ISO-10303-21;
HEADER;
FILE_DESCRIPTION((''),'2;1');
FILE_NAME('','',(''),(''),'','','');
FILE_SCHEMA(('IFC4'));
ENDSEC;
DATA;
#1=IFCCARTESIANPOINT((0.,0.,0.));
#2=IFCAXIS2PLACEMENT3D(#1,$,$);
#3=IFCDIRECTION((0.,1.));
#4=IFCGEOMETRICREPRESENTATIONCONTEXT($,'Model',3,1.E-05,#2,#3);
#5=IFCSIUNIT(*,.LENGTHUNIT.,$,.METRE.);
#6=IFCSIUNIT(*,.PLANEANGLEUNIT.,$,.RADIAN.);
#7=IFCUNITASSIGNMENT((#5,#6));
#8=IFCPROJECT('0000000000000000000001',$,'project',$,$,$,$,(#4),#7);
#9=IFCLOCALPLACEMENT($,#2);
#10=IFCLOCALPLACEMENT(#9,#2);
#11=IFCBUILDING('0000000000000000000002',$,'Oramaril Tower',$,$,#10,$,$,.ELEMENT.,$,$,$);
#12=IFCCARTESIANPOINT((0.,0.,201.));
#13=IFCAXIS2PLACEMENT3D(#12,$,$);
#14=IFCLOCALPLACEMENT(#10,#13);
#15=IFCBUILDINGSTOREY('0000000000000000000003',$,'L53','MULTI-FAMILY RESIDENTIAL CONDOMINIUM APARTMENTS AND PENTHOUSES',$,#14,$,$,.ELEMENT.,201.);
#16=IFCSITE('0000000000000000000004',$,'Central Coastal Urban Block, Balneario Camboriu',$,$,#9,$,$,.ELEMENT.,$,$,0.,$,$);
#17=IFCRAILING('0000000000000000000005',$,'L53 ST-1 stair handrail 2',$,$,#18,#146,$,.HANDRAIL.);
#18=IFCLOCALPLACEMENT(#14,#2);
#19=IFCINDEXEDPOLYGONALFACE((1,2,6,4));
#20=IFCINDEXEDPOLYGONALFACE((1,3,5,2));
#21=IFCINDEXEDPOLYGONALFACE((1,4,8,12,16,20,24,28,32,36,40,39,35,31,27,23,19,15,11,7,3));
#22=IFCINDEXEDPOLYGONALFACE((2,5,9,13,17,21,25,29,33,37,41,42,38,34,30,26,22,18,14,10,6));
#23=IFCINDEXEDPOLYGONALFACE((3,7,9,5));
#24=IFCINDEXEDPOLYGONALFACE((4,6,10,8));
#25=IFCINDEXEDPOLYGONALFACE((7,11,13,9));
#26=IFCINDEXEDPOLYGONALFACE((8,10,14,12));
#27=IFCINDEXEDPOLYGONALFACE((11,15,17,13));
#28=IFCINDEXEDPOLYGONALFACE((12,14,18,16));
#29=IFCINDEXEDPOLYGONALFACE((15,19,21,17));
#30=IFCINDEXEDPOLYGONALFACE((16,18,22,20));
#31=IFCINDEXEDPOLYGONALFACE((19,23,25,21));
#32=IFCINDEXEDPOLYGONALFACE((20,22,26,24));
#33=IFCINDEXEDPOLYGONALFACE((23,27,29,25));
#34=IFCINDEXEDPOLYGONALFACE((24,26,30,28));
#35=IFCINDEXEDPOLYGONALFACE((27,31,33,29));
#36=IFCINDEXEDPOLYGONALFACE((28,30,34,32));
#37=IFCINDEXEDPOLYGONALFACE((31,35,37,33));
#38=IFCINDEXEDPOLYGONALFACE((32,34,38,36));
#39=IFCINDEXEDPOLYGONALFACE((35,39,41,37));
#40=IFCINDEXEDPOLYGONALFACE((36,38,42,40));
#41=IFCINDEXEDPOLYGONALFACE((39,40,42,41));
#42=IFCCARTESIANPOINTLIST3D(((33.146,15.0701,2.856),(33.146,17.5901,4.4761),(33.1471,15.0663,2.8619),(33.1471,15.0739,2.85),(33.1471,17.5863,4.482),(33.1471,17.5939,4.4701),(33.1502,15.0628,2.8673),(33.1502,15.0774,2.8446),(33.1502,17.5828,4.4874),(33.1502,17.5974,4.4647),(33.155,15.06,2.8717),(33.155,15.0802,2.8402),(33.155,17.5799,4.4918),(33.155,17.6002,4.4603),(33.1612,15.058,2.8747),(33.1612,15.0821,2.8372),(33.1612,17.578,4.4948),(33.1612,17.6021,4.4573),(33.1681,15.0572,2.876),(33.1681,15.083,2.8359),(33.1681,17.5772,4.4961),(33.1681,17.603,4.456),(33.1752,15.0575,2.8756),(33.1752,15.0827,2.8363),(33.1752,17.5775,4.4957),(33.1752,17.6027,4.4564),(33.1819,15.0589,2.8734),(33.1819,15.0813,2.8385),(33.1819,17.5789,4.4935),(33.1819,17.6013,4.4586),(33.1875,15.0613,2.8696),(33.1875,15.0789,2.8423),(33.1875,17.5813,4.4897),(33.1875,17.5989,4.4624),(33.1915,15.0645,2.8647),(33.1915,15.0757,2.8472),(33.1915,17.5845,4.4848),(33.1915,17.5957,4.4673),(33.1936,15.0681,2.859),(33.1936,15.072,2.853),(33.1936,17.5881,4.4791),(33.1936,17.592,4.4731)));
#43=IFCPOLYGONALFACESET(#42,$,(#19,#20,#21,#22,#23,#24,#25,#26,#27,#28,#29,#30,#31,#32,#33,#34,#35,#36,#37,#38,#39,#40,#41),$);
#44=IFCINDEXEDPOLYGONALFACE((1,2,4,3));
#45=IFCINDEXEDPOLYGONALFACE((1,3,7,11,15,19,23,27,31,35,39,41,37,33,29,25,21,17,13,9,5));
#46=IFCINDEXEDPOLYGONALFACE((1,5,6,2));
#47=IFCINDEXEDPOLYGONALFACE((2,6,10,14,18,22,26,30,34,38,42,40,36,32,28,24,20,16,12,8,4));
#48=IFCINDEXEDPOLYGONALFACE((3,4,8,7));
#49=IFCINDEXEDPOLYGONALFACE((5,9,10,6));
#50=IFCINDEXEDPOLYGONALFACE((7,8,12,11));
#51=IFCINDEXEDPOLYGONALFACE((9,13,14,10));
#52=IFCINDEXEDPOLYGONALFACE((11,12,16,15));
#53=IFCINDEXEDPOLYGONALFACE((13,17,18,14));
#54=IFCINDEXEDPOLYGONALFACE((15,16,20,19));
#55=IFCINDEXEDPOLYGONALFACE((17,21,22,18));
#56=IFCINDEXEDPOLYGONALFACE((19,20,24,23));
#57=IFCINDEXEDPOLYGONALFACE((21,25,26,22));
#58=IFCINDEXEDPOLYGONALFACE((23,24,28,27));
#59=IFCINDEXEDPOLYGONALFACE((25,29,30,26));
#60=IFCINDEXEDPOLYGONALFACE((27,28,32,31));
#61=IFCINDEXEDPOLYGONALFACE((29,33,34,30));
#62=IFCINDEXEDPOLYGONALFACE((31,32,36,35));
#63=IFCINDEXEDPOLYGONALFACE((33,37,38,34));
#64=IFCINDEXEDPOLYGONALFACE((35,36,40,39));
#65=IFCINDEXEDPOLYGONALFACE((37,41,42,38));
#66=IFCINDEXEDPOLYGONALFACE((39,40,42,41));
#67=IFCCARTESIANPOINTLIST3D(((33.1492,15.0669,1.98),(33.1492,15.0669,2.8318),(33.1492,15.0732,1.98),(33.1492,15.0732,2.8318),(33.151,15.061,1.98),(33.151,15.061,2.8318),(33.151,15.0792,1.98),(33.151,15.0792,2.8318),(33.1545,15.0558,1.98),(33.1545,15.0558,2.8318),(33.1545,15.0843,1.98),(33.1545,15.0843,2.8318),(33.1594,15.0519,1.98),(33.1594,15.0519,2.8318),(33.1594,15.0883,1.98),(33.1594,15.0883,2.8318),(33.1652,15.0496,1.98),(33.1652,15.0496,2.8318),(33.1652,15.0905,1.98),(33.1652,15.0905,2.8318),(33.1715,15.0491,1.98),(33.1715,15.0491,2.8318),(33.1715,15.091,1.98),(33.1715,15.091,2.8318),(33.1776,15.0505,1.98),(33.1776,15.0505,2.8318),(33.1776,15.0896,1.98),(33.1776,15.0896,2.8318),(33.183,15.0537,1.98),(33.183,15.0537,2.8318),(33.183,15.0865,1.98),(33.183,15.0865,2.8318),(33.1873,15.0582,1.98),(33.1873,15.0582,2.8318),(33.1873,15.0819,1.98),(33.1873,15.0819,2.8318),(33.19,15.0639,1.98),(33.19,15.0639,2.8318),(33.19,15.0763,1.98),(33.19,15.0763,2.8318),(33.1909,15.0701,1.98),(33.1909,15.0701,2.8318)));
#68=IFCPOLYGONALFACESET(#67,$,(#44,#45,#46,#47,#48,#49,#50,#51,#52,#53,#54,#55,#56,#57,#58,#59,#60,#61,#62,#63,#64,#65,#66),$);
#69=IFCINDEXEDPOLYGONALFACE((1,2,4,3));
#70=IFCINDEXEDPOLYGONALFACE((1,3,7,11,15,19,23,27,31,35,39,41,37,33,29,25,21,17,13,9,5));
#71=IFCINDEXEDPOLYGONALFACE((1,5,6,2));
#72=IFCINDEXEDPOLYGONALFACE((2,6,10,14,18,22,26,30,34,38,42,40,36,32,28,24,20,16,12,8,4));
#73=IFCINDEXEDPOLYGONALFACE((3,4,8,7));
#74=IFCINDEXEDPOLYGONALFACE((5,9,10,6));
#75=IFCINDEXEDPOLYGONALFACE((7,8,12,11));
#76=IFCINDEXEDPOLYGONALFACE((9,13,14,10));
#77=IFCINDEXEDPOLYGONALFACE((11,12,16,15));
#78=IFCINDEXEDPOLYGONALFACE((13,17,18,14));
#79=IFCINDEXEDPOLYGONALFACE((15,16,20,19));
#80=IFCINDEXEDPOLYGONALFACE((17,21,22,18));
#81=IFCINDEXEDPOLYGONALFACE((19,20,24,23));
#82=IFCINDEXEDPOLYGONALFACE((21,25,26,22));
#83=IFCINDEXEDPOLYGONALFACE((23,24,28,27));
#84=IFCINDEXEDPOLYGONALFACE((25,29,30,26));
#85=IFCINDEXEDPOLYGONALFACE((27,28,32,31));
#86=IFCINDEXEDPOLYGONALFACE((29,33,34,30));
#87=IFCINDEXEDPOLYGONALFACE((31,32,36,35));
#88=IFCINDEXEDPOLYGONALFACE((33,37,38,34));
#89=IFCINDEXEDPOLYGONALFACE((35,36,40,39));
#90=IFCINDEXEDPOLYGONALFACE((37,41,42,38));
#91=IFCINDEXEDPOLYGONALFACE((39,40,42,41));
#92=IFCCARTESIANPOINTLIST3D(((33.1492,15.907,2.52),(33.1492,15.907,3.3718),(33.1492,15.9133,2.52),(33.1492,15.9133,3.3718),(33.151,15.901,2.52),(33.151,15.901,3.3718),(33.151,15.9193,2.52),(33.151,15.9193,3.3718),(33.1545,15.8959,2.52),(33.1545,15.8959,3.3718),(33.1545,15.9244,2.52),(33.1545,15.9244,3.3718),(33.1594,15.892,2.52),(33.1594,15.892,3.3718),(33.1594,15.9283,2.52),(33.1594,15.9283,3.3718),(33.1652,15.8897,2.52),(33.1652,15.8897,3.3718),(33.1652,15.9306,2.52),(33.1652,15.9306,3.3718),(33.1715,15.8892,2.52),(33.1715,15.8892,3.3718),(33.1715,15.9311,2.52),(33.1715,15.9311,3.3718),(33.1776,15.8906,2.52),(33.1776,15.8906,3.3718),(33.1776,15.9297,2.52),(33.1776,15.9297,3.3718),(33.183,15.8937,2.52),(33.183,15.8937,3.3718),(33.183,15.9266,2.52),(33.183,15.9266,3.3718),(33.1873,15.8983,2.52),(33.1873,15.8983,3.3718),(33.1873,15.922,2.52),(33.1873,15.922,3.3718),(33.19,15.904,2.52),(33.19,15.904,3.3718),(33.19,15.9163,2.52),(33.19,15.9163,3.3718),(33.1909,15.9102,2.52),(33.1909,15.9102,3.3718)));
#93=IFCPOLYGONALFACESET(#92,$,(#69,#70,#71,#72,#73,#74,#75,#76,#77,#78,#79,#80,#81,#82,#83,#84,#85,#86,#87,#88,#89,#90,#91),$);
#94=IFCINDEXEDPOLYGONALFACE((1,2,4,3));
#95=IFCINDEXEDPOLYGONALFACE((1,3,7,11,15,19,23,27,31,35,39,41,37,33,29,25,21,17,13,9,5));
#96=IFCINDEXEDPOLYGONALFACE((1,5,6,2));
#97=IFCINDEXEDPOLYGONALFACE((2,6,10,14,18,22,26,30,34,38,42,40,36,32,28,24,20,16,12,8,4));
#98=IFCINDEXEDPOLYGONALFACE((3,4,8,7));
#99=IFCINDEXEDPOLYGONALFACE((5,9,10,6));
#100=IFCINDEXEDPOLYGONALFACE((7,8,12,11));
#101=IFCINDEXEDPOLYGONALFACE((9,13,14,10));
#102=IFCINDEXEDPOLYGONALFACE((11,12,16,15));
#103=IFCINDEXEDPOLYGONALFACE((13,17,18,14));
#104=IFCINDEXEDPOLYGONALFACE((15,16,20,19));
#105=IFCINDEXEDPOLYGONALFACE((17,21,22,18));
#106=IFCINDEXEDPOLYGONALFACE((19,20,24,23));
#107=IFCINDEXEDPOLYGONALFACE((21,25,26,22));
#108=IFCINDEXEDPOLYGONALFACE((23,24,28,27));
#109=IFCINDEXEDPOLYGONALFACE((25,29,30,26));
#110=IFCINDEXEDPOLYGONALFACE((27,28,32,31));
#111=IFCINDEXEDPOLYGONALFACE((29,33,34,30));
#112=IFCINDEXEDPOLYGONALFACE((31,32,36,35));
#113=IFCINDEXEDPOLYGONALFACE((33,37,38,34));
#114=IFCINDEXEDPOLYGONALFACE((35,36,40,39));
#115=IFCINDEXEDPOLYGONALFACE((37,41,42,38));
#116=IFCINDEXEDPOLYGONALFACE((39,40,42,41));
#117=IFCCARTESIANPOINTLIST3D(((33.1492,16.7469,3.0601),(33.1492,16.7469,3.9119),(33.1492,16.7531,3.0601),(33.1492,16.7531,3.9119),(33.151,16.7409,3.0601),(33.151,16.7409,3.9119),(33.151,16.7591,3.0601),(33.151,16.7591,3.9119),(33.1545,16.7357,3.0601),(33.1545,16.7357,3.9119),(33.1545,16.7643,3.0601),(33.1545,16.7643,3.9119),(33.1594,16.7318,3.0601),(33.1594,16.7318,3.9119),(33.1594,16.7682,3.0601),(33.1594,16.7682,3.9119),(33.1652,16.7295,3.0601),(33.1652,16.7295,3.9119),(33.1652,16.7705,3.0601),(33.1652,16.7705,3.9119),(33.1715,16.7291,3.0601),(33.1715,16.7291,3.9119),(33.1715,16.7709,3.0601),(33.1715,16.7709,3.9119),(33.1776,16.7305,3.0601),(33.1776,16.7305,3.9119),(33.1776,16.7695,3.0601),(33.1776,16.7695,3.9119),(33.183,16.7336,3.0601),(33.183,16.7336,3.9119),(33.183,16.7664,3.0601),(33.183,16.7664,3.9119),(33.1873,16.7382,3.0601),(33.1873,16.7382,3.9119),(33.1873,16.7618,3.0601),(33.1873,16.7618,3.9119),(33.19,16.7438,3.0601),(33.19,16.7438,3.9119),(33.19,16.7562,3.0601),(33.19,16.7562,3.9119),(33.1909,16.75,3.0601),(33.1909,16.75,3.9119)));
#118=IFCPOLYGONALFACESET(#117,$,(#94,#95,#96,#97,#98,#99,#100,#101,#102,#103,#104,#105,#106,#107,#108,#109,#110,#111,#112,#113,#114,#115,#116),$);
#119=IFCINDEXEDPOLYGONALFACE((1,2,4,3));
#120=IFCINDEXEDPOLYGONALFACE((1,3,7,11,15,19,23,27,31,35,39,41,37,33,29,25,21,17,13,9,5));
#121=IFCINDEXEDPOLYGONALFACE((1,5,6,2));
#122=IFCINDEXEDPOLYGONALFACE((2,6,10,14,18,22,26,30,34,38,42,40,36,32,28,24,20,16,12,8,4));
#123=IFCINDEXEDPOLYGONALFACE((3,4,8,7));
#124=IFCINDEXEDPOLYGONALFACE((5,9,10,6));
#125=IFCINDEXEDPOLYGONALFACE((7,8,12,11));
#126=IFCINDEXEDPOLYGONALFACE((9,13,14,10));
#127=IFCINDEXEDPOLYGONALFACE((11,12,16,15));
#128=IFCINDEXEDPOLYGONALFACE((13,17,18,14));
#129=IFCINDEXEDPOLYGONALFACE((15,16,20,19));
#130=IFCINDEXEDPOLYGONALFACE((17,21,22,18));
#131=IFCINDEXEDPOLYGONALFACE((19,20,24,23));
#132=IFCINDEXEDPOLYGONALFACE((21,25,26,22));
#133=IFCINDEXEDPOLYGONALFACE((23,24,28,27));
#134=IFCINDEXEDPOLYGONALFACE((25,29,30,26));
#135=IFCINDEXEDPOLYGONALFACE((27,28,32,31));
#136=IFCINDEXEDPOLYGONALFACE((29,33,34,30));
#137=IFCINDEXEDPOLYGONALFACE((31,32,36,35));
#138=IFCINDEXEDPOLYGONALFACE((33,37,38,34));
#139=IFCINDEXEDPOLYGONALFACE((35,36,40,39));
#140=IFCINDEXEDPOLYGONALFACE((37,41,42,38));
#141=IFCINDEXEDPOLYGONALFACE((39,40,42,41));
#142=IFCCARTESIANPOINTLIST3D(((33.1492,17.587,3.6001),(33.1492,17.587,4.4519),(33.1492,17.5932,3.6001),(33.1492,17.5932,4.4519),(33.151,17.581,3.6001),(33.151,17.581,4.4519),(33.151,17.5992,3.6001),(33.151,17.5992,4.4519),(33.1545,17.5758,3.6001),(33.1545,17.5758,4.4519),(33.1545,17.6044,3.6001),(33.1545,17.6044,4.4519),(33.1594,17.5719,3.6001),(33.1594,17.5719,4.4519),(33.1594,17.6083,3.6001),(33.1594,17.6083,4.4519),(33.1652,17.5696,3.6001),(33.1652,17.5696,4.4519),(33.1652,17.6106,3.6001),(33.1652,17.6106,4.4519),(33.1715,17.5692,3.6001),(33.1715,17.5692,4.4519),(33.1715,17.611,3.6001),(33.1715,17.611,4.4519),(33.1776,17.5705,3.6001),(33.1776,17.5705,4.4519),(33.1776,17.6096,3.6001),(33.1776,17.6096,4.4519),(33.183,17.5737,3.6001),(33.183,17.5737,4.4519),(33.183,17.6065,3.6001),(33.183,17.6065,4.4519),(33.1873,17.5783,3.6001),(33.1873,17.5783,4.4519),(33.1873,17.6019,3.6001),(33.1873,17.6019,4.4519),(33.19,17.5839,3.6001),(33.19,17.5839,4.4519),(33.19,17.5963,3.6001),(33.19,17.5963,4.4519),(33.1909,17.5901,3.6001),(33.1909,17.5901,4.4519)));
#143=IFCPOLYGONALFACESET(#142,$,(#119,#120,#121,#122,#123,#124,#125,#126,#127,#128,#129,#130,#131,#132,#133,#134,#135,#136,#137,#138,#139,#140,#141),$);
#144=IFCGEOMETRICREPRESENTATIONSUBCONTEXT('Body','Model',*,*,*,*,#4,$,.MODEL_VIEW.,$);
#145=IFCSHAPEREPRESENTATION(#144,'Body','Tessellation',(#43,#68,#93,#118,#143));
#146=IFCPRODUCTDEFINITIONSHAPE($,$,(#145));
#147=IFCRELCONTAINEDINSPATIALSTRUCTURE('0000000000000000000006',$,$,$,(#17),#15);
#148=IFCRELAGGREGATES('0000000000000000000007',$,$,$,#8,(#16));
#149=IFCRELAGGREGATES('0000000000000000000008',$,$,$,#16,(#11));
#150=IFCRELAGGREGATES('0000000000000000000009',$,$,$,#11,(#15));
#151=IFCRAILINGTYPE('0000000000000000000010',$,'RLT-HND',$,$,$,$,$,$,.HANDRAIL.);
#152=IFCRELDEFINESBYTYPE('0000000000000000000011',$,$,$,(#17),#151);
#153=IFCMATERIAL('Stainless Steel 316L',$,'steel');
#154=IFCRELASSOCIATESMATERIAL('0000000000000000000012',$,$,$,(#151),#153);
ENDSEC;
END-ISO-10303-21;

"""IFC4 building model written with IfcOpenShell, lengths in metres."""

from ifc_helpers import new_model, si_unit, direction, frame, origin, origin_2d, place, context, subcontext, project, spatial, circle, extrude, material, type_object, element, save


model = new_model("IFC4")

# Units and contexts
model_context = context("Model", 3, precision=1e-05, world=origin(), true_north=direction((0.0, 1.0)))
body_context = subcontext(model_context, "Body", "Model", "MODEL_VIEW")
ifc_project = project(units=[si_unit("LENGTHUNIT", "METRE"), si_unit("PLANEANGLEUNIT", "RADIAN")], contexts=[model_context])

# Site, building, storey
site_placement = place(None, origin())
site = spatial("IfcSite", under=ifc_project, at=site_placement, Name="Central Coastal Urban Block, Balneario Camboriu", CompositionType="ELEMENT", RefElevation=0.0)
building_placement = place(site_placement, origin())
building = spatial("IfcBuilding", under=site, at=building_placement, Name="Oramaril Tower", CompositionType="ELEMENT")
storey_placement = place(building_placement, frame((0.0, 0.0, 201.0)))
storey = spatial("IfcBuildingStorey", under=building, at=storey_placement, Name="L53", Description="MULTI-FAMILY RESIDENTIAL CONDOMINIUM APARTMENTS AND PENTHOUSES", CompositionType="ELEMENT", Elevation=201.0)

# Railing
ifc_material_1 = material(Name="Stainless Steel 316L", Category="steel")
railing_type_1 = type_object("IfcRailingType", Name="RLT-HND", PredefinedType="HANDRAIL", material=ifc_material_1)
railing_1_placement = place(storey_placement, frame((33.1699, 15.0701, 1.98)))
element("IfcRailing", 1, at=railing_1_placement, inside=storey, type_object=railing_type_1, Name="L53 ST-1 stair handrail 2", PredefinedType="HANDRAIL", context=body_context, shape_type="SweptSolid", body=[
    extrude(circle(Radius=0.0239, at=origin_2d()), frame((0.0, 0.0, 0.876), z_axis=(0.0, 0.841163, 0.540782), x_axis=(-1.0, 0.0, 0.0)), (0.0, 0.0, 1.0), 2.9958),
    extrude(circle(Radius=0.021, at=origin_2d()), origin(), (0.0, 0.0, 1.0), 0.8518),
    extrude(circle(Radius=0.021, at=origin_2d()), frame((0.0, 0.8401, 0.54)), (0.0, 0.0, 1.0), 0.8518),
    extrude(circle(Radius=0.021, at=origin_2d()), frame((0.0, 1.6799, 1.0801)), (0.0, 0.0, 1.0), 0.8518),
    extrude(circle(Radius=0.021, at=origin_2d()), frame((0.0, 2.52, 1.6201)), (0.0, 0.0, 1.0), 0.8518),
])

save(model, "model.ifc")
